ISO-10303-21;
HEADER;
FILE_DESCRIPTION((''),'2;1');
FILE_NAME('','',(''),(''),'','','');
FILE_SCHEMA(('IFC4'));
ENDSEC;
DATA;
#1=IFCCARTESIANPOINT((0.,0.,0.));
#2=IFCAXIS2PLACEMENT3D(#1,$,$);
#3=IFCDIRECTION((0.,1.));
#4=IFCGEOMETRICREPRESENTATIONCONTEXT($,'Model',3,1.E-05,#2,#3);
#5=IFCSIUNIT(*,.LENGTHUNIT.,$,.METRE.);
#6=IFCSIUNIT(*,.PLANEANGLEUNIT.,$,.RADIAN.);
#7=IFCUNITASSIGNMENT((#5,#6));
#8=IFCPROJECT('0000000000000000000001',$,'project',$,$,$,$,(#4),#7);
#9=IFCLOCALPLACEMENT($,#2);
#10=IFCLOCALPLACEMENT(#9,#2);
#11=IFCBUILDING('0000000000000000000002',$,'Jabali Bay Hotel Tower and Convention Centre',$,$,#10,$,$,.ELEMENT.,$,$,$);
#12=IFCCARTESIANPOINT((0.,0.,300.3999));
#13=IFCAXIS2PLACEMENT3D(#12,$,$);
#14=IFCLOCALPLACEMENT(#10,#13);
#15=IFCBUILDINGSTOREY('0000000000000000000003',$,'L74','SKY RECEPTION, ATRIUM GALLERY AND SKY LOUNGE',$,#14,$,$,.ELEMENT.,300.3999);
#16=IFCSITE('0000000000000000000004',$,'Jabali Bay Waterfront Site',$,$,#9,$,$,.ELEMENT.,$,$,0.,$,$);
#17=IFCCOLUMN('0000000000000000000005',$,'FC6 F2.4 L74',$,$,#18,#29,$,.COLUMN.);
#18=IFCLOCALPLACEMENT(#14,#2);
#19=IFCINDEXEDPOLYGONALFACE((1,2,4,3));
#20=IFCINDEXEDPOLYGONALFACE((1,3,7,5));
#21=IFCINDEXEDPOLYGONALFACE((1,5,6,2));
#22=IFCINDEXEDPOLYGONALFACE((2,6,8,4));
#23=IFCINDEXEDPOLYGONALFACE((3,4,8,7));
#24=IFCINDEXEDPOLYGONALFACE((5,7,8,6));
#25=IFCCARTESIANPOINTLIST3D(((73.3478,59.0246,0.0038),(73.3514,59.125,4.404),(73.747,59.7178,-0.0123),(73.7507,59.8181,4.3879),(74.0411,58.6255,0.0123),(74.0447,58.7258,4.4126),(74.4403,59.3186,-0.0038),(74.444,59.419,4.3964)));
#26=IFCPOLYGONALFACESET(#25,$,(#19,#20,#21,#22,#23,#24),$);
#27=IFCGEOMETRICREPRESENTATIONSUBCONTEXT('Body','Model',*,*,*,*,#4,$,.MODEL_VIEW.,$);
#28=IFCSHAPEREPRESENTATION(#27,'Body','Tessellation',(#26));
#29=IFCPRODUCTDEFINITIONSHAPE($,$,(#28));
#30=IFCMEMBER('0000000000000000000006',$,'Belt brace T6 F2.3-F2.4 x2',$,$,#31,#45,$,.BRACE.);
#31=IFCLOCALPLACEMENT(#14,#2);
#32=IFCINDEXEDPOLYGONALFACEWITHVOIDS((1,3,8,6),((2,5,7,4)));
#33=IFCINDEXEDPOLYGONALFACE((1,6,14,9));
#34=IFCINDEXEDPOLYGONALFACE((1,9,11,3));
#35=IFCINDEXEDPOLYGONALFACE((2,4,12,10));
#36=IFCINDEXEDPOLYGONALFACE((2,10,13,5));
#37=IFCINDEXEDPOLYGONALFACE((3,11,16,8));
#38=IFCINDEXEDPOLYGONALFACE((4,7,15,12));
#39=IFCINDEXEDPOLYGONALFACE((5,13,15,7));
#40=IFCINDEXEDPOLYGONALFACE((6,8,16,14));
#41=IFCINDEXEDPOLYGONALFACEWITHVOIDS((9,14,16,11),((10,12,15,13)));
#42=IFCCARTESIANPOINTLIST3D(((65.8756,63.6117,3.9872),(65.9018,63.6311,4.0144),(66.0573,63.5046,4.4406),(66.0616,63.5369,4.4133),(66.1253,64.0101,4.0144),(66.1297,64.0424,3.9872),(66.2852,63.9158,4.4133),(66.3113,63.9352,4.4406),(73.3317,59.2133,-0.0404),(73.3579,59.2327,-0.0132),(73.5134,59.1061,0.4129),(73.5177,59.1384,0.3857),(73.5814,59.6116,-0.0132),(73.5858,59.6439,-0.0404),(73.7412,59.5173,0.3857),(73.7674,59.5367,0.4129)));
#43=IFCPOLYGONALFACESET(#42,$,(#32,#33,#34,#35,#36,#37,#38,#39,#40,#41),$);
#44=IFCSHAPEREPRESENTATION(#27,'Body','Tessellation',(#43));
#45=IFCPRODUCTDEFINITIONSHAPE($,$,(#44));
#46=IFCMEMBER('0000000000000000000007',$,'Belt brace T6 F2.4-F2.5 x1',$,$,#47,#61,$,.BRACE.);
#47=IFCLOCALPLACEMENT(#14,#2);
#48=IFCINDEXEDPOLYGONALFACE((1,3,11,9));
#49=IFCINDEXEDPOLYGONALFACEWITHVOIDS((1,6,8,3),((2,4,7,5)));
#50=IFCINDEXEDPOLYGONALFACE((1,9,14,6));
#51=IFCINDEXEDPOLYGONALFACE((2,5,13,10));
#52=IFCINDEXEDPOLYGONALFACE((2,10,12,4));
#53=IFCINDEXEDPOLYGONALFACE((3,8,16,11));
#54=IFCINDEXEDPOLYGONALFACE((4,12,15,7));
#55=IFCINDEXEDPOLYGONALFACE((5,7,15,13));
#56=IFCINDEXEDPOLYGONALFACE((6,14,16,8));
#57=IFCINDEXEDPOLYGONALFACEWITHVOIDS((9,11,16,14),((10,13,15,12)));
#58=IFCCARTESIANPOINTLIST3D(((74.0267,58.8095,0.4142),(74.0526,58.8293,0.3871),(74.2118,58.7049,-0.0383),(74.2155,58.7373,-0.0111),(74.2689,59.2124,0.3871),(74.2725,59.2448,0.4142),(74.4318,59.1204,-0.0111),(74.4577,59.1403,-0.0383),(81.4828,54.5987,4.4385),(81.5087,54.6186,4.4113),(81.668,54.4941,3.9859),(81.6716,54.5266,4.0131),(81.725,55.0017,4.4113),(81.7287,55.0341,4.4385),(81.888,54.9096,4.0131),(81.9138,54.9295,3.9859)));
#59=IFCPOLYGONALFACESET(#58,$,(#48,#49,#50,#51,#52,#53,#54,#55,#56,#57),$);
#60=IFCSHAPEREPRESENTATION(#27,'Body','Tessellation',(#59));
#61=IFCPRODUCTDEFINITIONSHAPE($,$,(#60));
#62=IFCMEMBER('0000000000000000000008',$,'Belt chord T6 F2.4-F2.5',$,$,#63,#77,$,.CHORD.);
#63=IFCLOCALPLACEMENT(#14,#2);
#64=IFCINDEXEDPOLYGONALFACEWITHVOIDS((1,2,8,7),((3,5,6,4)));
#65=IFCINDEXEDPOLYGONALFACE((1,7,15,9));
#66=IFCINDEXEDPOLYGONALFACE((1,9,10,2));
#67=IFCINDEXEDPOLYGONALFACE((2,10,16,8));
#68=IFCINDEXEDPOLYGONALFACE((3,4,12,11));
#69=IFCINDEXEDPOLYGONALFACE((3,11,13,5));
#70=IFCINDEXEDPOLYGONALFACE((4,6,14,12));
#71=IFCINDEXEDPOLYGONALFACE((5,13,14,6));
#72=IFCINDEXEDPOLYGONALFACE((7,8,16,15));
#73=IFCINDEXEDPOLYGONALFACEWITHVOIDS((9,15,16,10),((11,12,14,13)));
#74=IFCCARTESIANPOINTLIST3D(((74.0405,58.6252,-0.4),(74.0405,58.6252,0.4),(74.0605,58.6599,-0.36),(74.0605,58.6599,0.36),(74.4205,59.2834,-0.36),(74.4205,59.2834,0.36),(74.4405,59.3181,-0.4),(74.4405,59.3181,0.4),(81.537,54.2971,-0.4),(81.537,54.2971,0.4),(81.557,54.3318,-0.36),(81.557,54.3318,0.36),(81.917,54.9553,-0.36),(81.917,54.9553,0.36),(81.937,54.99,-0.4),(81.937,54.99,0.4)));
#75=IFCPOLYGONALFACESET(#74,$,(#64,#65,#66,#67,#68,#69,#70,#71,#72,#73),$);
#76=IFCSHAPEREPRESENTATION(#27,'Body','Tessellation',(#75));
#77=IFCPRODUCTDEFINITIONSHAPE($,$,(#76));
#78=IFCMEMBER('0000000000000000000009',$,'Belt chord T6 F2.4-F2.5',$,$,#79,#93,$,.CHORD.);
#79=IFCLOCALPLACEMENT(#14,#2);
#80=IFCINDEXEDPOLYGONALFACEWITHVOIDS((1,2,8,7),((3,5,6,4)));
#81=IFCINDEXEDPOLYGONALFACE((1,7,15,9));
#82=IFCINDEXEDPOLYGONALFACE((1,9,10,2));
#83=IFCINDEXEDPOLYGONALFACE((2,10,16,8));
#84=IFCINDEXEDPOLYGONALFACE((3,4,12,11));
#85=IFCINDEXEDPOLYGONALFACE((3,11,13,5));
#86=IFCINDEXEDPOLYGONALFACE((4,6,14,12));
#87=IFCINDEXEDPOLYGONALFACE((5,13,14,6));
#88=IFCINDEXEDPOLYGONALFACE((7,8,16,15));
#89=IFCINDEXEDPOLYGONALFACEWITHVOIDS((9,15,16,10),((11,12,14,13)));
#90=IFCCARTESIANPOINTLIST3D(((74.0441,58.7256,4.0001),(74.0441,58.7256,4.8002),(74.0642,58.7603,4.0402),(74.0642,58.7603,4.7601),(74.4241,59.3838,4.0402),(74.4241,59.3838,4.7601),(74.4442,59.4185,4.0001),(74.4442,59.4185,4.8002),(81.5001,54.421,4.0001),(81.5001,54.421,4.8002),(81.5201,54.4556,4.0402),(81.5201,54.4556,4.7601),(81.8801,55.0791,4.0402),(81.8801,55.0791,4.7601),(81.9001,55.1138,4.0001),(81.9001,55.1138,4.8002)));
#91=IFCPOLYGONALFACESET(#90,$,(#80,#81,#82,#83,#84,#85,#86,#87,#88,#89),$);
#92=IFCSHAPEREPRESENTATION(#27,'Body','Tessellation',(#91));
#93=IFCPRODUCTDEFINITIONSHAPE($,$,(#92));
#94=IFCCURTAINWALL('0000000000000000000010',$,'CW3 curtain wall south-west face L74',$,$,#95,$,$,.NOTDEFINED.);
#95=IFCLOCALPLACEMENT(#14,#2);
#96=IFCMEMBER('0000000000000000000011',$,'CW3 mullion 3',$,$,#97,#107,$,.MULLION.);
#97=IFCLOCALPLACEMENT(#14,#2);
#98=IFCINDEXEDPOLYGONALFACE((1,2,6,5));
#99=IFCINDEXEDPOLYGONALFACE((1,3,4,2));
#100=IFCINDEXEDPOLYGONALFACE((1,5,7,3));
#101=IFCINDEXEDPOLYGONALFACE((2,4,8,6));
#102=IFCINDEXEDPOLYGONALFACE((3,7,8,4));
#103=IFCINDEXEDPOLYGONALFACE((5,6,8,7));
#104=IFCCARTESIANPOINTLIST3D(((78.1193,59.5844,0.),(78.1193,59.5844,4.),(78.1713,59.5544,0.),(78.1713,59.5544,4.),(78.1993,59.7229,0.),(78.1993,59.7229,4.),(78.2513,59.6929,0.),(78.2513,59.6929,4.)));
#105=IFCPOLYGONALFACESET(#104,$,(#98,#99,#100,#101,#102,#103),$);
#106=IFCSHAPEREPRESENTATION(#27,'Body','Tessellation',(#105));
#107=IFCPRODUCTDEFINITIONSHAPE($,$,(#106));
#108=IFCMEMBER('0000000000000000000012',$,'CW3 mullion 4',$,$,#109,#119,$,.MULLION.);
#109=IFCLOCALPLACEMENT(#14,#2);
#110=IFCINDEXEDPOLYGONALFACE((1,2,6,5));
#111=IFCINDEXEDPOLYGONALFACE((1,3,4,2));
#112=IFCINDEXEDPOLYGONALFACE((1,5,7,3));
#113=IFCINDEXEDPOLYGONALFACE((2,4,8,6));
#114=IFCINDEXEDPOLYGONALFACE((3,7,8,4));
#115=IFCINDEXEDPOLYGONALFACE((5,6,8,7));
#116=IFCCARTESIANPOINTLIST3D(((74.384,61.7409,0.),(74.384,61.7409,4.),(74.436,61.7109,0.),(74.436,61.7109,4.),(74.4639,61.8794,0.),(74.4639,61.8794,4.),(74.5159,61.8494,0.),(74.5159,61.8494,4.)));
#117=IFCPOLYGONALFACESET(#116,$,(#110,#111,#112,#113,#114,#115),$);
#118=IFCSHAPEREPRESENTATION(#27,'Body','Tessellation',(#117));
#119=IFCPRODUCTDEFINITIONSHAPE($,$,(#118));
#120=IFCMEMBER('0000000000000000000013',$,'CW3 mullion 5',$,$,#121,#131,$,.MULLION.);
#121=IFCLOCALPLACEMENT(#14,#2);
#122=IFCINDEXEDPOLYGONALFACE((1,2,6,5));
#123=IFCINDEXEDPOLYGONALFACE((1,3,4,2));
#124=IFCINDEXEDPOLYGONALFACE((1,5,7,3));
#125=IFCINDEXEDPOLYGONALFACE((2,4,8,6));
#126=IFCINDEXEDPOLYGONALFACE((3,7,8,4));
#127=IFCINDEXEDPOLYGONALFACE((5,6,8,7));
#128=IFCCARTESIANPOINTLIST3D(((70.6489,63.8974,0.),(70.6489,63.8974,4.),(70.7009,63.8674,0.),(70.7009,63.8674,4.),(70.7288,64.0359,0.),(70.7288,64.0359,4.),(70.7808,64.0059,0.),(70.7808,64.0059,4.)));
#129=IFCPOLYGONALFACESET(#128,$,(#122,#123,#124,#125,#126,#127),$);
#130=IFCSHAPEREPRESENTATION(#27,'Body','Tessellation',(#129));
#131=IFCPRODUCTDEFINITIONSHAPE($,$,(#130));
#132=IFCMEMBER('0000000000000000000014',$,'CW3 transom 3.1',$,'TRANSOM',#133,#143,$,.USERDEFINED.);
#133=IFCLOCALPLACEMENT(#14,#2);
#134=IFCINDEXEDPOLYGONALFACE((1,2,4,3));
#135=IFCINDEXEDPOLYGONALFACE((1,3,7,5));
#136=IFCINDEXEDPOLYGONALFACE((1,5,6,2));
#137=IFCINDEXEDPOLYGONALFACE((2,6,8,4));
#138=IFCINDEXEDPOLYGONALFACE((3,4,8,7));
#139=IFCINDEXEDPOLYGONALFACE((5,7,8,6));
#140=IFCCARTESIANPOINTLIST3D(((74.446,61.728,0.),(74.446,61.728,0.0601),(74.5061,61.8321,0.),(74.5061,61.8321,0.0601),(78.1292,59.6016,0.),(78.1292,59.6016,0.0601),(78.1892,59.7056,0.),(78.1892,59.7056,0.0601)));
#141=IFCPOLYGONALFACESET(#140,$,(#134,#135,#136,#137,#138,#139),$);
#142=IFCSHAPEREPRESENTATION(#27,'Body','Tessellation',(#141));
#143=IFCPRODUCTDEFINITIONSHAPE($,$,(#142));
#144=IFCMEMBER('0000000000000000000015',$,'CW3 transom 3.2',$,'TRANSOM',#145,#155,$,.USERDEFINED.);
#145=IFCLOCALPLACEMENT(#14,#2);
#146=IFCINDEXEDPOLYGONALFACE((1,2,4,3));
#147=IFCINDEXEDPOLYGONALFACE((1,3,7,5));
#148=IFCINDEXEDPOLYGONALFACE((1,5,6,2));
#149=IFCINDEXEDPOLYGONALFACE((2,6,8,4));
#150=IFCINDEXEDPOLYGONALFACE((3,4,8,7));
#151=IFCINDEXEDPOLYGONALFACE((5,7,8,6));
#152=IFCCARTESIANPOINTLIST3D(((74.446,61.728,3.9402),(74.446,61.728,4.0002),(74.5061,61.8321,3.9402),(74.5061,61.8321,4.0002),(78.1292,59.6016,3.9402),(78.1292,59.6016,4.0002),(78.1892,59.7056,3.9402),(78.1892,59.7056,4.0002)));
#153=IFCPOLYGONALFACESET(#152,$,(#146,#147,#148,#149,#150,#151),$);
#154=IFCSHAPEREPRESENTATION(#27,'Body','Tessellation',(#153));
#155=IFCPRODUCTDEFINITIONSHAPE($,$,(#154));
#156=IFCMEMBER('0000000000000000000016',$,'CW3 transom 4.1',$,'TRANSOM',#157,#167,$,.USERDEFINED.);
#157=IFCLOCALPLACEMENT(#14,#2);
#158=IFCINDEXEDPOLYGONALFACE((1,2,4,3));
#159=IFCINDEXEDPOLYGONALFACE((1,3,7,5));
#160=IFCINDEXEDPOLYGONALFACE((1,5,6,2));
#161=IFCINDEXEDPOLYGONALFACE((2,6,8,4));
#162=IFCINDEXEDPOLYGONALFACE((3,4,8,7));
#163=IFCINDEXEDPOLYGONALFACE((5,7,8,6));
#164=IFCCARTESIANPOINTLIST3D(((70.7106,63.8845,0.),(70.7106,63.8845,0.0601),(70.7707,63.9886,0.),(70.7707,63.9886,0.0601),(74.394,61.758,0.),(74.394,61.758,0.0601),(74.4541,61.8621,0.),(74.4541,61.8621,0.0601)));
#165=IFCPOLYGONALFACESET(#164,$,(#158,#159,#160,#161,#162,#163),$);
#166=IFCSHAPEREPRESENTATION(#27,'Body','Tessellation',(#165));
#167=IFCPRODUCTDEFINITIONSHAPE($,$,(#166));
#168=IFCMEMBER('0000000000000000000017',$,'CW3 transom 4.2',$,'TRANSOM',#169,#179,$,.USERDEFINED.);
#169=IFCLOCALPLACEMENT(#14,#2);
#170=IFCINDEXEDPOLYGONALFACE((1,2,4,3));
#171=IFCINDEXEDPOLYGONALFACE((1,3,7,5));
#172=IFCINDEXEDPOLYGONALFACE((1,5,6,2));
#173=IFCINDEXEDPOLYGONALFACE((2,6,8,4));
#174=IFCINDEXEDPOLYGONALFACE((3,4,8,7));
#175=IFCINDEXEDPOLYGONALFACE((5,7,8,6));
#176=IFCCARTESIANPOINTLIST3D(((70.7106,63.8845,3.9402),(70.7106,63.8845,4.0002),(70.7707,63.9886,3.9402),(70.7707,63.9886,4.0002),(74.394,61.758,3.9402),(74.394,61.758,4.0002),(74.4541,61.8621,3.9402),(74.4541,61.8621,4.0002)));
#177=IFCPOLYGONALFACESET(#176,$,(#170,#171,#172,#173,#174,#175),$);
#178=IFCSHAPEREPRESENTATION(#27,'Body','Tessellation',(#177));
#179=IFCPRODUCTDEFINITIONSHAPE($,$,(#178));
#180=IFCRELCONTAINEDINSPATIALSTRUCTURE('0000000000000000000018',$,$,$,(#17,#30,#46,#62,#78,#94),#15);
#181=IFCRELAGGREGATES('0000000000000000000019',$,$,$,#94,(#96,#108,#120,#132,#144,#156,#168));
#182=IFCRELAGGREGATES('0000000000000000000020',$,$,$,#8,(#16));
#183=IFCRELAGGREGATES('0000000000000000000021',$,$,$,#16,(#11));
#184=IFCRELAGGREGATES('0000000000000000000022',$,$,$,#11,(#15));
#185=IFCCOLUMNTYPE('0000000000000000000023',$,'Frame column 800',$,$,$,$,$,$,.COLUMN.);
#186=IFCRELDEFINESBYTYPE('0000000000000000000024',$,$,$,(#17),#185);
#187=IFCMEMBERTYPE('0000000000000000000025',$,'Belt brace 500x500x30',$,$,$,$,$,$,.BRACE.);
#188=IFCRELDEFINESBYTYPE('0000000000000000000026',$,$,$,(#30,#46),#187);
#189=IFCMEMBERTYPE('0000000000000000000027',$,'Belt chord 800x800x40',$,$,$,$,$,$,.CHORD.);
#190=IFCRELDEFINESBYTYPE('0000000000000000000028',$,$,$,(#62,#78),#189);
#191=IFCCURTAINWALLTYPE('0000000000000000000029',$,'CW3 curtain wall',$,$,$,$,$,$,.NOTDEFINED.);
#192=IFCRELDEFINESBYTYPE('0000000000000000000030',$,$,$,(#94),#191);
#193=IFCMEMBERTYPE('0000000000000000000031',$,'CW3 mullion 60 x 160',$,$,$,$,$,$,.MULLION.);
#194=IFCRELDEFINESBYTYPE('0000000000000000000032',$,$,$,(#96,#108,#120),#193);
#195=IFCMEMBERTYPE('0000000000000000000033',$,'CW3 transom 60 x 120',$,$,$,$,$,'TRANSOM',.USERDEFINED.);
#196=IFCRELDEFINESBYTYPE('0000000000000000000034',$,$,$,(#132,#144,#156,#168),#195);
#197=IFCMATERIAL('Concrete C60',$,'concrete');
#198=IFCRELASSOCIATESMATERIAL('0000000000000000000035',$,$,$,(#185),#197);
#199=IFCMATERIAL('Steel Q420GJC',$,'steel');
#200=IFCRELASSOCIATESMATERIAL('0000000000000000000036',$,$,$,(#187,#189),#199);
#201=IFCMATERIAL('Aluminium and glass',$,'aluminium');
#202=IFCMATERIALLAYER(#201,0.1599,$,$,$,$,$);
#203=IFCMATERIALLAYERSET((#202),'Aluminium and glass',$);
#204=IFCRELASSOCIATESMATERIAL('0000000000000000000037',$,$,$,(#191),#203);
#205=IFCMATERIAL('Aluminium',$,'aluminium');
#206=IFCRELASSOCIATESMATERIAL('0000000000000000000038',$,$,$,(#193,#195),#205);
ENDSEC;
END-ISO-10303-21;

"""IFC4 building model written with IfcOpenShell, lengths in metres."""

from ifc_helpers import new_model, si_unit, direction, frame, origin, origin_2d, place, context, subcontext, project, spatial, rectangle, hollow_rectangle, extrude, material, layer, layer_set, material_profile, profile_set, type_object, element, aggregate, save


model = new_model("IFC4")

# Units and contexts
model_context = context("Model", 3, precision=1e-05, world=origin(), true_north=direction((0.0, 1.0)))
body_context = subcontext(model_context, "Body", "Model", "MODEL_VIEW")
ifc_project = project(units=[si_unit("LENGTHUNIT", "METRE"), si_unit("PLANEANGLEUNIT", "RADIAN")], contexts=[model_context])

# Site, building, storey
site_placement = place(None, origin())
site = spatial("IfcSite", under=ifc_project, at=site_placement, Name="Jabali Bay Waterfront Site", CompositionType="ELEMENT", RefElevation=0.0)
building_placement = place(site_placement, origin())
building = spatial("IfcBuilding", under=site, at=building_placement, Name="Jabali Bay Hotel Tower and Convention Centre", CompositionType="ELEMENT")
storey_placement = place(building_placement, frame((0.0, 0.0, 300.3999)))
storey = spatial("IfcBuildingStorey", under=building, at=storey_placement, Name="L74", Description="SKY RECEPTION, ATRIUM GALLERY AND SKY LOUNGE", CompositionType="ELEMENT", Elevation=300.3999)

# Column
ifc_material_1 = material(Name="Concrete C60", Category="concrete")
ifc_material_profile_1 = material_profile(ifc_material_1, rectangle(XDim=0.8, YDim=0.8, at=origin_2d()), Name="Frame column 800")
ifc_profile_set_1 = profile_set([ifc_material_profile_1], Name="Concrete C60")
column_type = type_object("IfcColumnType", Name="Frame column 800", PredefinedType="COLUMN", material=ifc_profile_set_1)
column_placement = place(storey_placement, frame((73.894, 59.1716, 0.0), z_axis=(0.000832, 0.022798, 0.99974), x_axis=(-0.499009, -0.866362, 0.020172)))
element("IfcColumn", 1, at=column_placement, inside=storey, type_object=column_type, Name="FC6 F2.4 L74", PredefinedType="COLUMN", context=body_context, shape_type="SweptSolid", body=[
    extrude(rectangle(XDim=0.8, YDim=0.8, at=origin_2d()), origin(), (0.0, 0.0, 1.0), 4.4014),
])

# Members
ifc_material_2 = material(Name="Steel Q420GJC", Category="steel")
ifc_material_profile_2 = material_profile(ifc_material_2, hollow_rectangle(XDim=0.5, YDim=0.5, WallThickness=0.03, at=origin_2d()), Name="Belt brace 500x500x30")
ifc_profile_set_2 = profile_set([ifc_material_profile_2], Name="Steel Q420GJC")
member_type_1 = type_object("IfcMemberType", Name="Belt brace 500x500x30", PredefinedType="BRACE", material=ifc_profile_set_2)
member_1_placement = place(storey_placement, frame((73.5496, 59.375, 0.1863), z_axis=(-0.780919, 0.460676, 0.421834), x_axis=(-0.508094, -0.861301, 0.0)))
element("IfcMember", 2, at=member_1_placement, inside=storey, type_object=member_type_1, Name="Belt brace T6 F2.3-F2.4 x2", PredefinedType="BRACE", context=body_context, shape_type="SweptSolid", body=[
    extrude(hollow_rectangle(XDim=0.5, YDim=0.5, WallThickness=0.03, at=origin_2d()), origin(), (0.0, 0.0, 1.0), 9.5479),
])
member_2_placement = place(storey_placement, frame((74.2422, 58.9749, 0.188), z_axis=(0.788056, -0.445043, 0.425328), x_axis=(0.491739, 0.870743, 0.0)))
element("IfcMember", 3, at=member_2_placement, inside=storey, type_object=member_type_1, Name="Belt brace T6 F2.4-F2.5 x1", PredefinedType="BRACE", context=body_context, shape_type="SweptSolid", body=[
    extrude(hollow_rectangle(XDim=0.5, YDim=0.5, WallThickness=0.03, at=origin_2d()), origin(), (0.0, 0.0, 1.0), 9.4614),
])
ifc_material_profile_3 = material_profile(ifc_material_2, hollow_rectangle(XDim=0.8, YDim=0.8, WallThickness=0.04, at=origin_2d()), Name="Belt chord 800x800x40")
ifc_profile_set_3 = profile_set([ifc_material_profile_3], Name="Steel Q420GJC")
member_type_2 = type_object("IfcMemberType", Name="Belt chord 800x800x40", PredefinedType="CHORD", material=ifc_profile_set_3)
member_3_placement = place(storey_placement, frame((74.2405, 58.9717, 0.0), z_axis=(0.866027, -0.499998, 0.0), x_axis=(0.499998, 0.866027, 0.0)))
element("IfcMember", 4, at=member_3_placement, inside=storey, type_object=member_type_2, Name="Belt chord T6 F2.4-F2.5", PredefinedType="CHORD", context=body_context, shape_type="SweptSolid", body=[
    extrude(hollow_rectangle(XDim=0.8, YDim=0.8, WallThickness=0.04, at=origin_2d()), origin(), (0.0, 0.0, 1.0), 8.6562),
])
member_4_placement = place(storey_placement, frame((74.2441, 59.072, 4.4001), z_axis=(0.866029, -0.499994, 0.0), x_axis=(0.499994, 0.866029, 0.0)))
element("IfcMember", 5, at=member_4_placement, inside=storey, type_object=member_type_2, Name="Belt chord T6 F2.4-F2.5", PredefinedType="CHORD", context=body_context, shape_type="SweptSolid", body=[
    extrude(hollow_rectangle(XDim=0.8, YDim=0.8, WallThickness=0.04, at=origin_2d()), origin(), (0.0, 0.0, 1.0), 8.6094),
])

# Curtain wall, members
ifc_material_3 = material(Name="Aluminium and glass", Category="aluminium")
ifc_layer_1 = layer(ifc_material_3, 0.1599)
ifc_layer_set_1 = layer_set([ifc_layer_1], Name="Aluminium and glass")
curtain_wall_type = type_object("IfcCurtainWallType", Name="CW3 curtain wall", PredefinedType="NOTDEFINED", material=ifc_layer_set_1)
curtain_wall_placement = place(storey_placement, origin())
curtain_wall = element("IfcCurtainWall", 6, at=curtain_wall_placement, inside=storey, type_object=curtain_wall_type, Name="CW3 curtain wall south-west face L74", PredefinedType="NOTDEFINED")
ifc_material_4 = material(Name="Aluminium", Category="aluminium")
ifc_material_profile_4 = material_profile(ifc_material_4, rectangle(XDim=0.1599, YDim=0.0601, at=origin_2d()), Name="CW3 mullion 60 x 160")
ifc_profile_set_4 = profile_set([ifc_material_profile_4], Name="Aluminium")
member_type_3 = type_object("IfcMemberType", Name="CW3 mullion 60 x 160", PredefinedType="MULLION", material=ifc_profile_set_4)
member_5_placement = place(storey_placement, frame((78.1853, 59.6387, 0.0), z_axis=(0.0, 0.0, 1.0), x_axis=(-0.5, -0.866025, 0.0)))
member_5 = element("IfcMember", 7, at=member_5_placement, type_object=member_type_3, Name="CW3 mullion 3", PredefinedType="MULLION", context=body_context, shape_type="SweptSolid", body=[
    extrude(rectangle(XDim=0.1599, YDim=0.0601, at=origin_2d()), origin(), (0.0, 0.0, 1.0), 4.0),
])
member_6_placement = place(storey_placement, frame((74.45, 61.7952, 0.0), z_axis=(0.0, 0.0, 1.0), x_axis=(-0.5, -0.866025, 0.0)))
member_6 = element("IfcMember", 8, at=member_6_placement, type_object=member_type_3, Name="CW3 mullion 4", PredefinedType="MULLION", context=body_context, shape_type="SweptSolid", body=[
    extrude(rectangle(XDim=0.1599, YDim=0.0601, at=origin_2d()), origin(), (0.0, 0.0, 1.0), 4.0),
])
member_7_placement = place(storey_placement, frame((70.7148, 63.9517, 0.0), z_axis=(0.0, 0.0, 1.0), x_axis=(-0.5, -0.866025, 0.0)))
member_7 = element("IfcMember", 9, at=member_7_placement, type_object=member_type_3, Name="CW3 mullion 5", PredefinedType="MULLION", context=body_context, shape_type="SweptSolid", body=[
    extrude(rectangle(XDim=0.1599, YDim=0.0601, at=origin_2d()), origin(), (0.0, 0.0, 1.0), 4.0),
])
ifc_material_profile_5 = material_profile(ifc_material_4, rectangle(XDim=0.1201, YDim=0.0601, at=origin_2d()), Name="CW3 transom 60 x 120")
ifc_profile_set_5 = profile_set([ifc_material_profile_5], Name="Aluminium")
member_type_4 = type_object("IfcMemberType", Name="CW3 transom 60 x 120", ElementType="TRANSOM", PredefinedType="USERDEFINED", material=ifc_profile_set_5)
member_8_placement = place(storey_placement, frame((78.1592, 59.6536, 0.03), z_axis=(-0.866023, 0.500004, 0.0), x_axis=(-0.500004, -0.866023, 0.0)))
member_8 = element("IfcMember", 10, at=member_8_placement, type_object=member_type_4, Name="CW3 transom 3.1", ObjectType="TRANSOM", PredefinedType="USERDEFINED", context=body_context, shape_type="SweptSolid", body=[
    extrude(rectangle(XDim=0.1201, YDim=0.0601, at=origin_2d()), origin(), (0.0, 0.0, 1.0), 4.2529),
])
member_9_placement = place(storey_placement, frame((78.1592, 59.6536, 3.9702), z_axis=(-0.866023, 0.500004, 0.0), x_axis=(-0.500004, -0.866023, 0.0)))
member_9 = element("IfcMember", 11, at=member_9_placement, type_object=member_type_4, Name="CW3 transom 3.2", ObjectType="TRANSOM", PredefinedType="USERDEFINED", context=body_context, shape_type="SweptSolid", body=[
    extrude(rectangle(XDim=0.1201, YDim=0.0601, at=origin_2d()), origin(), (0.0, 0.0, 1.0), 4.2529),
])
member_10_placement = place(storey_placement, frame((74.4241, 61.8101, 0.03), z_axis=(-0.866037, 0.499979, 0.0), x_axis=(-0.499979, -0.866037, 0.0)))
member_10 = element("IfcMember", 12, at=member_10_placement, type_object=member_type_4, Name="CW3 transom 4.1", ObjectType="TRANSOM", PredefinedType="USERDEFINED", context=body_context, shape_type="SweptSolid", body=[
    extrude(rectangle(XDim=0.1201, YDim=0.0601, at=origin_2d()), origin(), (0.0, 0.0, 1.0), 4.2532),
])
member_11_placement = place(storey_placement, frame((74.4241, 61.8101, 3.9702), z_axis=(-0.866037, 0.499979, 0.0), x_axis=(-0.499979, -0.866037, 0.0)))
member_11 = element("IfcMember", 13, at=member_11_placement, type_object=member_type_4, Name="CW3 transom 4.2", ObjectType="TRANSOM", PredefinedType="USERDEFINED", context=body_context, shape_type="SweptSolid", body=[
    extrude(rectangle(XDim=0.1201, YDim=0.0601, at=origin_2d()), origin(), (0.0, 0.0, 1.0), 4.2532),
])
aggregate(curtain_wall, [member_5, member_6, member_7, member_8, member_9, member_10, member_11])

save(model, "model.ifc")
